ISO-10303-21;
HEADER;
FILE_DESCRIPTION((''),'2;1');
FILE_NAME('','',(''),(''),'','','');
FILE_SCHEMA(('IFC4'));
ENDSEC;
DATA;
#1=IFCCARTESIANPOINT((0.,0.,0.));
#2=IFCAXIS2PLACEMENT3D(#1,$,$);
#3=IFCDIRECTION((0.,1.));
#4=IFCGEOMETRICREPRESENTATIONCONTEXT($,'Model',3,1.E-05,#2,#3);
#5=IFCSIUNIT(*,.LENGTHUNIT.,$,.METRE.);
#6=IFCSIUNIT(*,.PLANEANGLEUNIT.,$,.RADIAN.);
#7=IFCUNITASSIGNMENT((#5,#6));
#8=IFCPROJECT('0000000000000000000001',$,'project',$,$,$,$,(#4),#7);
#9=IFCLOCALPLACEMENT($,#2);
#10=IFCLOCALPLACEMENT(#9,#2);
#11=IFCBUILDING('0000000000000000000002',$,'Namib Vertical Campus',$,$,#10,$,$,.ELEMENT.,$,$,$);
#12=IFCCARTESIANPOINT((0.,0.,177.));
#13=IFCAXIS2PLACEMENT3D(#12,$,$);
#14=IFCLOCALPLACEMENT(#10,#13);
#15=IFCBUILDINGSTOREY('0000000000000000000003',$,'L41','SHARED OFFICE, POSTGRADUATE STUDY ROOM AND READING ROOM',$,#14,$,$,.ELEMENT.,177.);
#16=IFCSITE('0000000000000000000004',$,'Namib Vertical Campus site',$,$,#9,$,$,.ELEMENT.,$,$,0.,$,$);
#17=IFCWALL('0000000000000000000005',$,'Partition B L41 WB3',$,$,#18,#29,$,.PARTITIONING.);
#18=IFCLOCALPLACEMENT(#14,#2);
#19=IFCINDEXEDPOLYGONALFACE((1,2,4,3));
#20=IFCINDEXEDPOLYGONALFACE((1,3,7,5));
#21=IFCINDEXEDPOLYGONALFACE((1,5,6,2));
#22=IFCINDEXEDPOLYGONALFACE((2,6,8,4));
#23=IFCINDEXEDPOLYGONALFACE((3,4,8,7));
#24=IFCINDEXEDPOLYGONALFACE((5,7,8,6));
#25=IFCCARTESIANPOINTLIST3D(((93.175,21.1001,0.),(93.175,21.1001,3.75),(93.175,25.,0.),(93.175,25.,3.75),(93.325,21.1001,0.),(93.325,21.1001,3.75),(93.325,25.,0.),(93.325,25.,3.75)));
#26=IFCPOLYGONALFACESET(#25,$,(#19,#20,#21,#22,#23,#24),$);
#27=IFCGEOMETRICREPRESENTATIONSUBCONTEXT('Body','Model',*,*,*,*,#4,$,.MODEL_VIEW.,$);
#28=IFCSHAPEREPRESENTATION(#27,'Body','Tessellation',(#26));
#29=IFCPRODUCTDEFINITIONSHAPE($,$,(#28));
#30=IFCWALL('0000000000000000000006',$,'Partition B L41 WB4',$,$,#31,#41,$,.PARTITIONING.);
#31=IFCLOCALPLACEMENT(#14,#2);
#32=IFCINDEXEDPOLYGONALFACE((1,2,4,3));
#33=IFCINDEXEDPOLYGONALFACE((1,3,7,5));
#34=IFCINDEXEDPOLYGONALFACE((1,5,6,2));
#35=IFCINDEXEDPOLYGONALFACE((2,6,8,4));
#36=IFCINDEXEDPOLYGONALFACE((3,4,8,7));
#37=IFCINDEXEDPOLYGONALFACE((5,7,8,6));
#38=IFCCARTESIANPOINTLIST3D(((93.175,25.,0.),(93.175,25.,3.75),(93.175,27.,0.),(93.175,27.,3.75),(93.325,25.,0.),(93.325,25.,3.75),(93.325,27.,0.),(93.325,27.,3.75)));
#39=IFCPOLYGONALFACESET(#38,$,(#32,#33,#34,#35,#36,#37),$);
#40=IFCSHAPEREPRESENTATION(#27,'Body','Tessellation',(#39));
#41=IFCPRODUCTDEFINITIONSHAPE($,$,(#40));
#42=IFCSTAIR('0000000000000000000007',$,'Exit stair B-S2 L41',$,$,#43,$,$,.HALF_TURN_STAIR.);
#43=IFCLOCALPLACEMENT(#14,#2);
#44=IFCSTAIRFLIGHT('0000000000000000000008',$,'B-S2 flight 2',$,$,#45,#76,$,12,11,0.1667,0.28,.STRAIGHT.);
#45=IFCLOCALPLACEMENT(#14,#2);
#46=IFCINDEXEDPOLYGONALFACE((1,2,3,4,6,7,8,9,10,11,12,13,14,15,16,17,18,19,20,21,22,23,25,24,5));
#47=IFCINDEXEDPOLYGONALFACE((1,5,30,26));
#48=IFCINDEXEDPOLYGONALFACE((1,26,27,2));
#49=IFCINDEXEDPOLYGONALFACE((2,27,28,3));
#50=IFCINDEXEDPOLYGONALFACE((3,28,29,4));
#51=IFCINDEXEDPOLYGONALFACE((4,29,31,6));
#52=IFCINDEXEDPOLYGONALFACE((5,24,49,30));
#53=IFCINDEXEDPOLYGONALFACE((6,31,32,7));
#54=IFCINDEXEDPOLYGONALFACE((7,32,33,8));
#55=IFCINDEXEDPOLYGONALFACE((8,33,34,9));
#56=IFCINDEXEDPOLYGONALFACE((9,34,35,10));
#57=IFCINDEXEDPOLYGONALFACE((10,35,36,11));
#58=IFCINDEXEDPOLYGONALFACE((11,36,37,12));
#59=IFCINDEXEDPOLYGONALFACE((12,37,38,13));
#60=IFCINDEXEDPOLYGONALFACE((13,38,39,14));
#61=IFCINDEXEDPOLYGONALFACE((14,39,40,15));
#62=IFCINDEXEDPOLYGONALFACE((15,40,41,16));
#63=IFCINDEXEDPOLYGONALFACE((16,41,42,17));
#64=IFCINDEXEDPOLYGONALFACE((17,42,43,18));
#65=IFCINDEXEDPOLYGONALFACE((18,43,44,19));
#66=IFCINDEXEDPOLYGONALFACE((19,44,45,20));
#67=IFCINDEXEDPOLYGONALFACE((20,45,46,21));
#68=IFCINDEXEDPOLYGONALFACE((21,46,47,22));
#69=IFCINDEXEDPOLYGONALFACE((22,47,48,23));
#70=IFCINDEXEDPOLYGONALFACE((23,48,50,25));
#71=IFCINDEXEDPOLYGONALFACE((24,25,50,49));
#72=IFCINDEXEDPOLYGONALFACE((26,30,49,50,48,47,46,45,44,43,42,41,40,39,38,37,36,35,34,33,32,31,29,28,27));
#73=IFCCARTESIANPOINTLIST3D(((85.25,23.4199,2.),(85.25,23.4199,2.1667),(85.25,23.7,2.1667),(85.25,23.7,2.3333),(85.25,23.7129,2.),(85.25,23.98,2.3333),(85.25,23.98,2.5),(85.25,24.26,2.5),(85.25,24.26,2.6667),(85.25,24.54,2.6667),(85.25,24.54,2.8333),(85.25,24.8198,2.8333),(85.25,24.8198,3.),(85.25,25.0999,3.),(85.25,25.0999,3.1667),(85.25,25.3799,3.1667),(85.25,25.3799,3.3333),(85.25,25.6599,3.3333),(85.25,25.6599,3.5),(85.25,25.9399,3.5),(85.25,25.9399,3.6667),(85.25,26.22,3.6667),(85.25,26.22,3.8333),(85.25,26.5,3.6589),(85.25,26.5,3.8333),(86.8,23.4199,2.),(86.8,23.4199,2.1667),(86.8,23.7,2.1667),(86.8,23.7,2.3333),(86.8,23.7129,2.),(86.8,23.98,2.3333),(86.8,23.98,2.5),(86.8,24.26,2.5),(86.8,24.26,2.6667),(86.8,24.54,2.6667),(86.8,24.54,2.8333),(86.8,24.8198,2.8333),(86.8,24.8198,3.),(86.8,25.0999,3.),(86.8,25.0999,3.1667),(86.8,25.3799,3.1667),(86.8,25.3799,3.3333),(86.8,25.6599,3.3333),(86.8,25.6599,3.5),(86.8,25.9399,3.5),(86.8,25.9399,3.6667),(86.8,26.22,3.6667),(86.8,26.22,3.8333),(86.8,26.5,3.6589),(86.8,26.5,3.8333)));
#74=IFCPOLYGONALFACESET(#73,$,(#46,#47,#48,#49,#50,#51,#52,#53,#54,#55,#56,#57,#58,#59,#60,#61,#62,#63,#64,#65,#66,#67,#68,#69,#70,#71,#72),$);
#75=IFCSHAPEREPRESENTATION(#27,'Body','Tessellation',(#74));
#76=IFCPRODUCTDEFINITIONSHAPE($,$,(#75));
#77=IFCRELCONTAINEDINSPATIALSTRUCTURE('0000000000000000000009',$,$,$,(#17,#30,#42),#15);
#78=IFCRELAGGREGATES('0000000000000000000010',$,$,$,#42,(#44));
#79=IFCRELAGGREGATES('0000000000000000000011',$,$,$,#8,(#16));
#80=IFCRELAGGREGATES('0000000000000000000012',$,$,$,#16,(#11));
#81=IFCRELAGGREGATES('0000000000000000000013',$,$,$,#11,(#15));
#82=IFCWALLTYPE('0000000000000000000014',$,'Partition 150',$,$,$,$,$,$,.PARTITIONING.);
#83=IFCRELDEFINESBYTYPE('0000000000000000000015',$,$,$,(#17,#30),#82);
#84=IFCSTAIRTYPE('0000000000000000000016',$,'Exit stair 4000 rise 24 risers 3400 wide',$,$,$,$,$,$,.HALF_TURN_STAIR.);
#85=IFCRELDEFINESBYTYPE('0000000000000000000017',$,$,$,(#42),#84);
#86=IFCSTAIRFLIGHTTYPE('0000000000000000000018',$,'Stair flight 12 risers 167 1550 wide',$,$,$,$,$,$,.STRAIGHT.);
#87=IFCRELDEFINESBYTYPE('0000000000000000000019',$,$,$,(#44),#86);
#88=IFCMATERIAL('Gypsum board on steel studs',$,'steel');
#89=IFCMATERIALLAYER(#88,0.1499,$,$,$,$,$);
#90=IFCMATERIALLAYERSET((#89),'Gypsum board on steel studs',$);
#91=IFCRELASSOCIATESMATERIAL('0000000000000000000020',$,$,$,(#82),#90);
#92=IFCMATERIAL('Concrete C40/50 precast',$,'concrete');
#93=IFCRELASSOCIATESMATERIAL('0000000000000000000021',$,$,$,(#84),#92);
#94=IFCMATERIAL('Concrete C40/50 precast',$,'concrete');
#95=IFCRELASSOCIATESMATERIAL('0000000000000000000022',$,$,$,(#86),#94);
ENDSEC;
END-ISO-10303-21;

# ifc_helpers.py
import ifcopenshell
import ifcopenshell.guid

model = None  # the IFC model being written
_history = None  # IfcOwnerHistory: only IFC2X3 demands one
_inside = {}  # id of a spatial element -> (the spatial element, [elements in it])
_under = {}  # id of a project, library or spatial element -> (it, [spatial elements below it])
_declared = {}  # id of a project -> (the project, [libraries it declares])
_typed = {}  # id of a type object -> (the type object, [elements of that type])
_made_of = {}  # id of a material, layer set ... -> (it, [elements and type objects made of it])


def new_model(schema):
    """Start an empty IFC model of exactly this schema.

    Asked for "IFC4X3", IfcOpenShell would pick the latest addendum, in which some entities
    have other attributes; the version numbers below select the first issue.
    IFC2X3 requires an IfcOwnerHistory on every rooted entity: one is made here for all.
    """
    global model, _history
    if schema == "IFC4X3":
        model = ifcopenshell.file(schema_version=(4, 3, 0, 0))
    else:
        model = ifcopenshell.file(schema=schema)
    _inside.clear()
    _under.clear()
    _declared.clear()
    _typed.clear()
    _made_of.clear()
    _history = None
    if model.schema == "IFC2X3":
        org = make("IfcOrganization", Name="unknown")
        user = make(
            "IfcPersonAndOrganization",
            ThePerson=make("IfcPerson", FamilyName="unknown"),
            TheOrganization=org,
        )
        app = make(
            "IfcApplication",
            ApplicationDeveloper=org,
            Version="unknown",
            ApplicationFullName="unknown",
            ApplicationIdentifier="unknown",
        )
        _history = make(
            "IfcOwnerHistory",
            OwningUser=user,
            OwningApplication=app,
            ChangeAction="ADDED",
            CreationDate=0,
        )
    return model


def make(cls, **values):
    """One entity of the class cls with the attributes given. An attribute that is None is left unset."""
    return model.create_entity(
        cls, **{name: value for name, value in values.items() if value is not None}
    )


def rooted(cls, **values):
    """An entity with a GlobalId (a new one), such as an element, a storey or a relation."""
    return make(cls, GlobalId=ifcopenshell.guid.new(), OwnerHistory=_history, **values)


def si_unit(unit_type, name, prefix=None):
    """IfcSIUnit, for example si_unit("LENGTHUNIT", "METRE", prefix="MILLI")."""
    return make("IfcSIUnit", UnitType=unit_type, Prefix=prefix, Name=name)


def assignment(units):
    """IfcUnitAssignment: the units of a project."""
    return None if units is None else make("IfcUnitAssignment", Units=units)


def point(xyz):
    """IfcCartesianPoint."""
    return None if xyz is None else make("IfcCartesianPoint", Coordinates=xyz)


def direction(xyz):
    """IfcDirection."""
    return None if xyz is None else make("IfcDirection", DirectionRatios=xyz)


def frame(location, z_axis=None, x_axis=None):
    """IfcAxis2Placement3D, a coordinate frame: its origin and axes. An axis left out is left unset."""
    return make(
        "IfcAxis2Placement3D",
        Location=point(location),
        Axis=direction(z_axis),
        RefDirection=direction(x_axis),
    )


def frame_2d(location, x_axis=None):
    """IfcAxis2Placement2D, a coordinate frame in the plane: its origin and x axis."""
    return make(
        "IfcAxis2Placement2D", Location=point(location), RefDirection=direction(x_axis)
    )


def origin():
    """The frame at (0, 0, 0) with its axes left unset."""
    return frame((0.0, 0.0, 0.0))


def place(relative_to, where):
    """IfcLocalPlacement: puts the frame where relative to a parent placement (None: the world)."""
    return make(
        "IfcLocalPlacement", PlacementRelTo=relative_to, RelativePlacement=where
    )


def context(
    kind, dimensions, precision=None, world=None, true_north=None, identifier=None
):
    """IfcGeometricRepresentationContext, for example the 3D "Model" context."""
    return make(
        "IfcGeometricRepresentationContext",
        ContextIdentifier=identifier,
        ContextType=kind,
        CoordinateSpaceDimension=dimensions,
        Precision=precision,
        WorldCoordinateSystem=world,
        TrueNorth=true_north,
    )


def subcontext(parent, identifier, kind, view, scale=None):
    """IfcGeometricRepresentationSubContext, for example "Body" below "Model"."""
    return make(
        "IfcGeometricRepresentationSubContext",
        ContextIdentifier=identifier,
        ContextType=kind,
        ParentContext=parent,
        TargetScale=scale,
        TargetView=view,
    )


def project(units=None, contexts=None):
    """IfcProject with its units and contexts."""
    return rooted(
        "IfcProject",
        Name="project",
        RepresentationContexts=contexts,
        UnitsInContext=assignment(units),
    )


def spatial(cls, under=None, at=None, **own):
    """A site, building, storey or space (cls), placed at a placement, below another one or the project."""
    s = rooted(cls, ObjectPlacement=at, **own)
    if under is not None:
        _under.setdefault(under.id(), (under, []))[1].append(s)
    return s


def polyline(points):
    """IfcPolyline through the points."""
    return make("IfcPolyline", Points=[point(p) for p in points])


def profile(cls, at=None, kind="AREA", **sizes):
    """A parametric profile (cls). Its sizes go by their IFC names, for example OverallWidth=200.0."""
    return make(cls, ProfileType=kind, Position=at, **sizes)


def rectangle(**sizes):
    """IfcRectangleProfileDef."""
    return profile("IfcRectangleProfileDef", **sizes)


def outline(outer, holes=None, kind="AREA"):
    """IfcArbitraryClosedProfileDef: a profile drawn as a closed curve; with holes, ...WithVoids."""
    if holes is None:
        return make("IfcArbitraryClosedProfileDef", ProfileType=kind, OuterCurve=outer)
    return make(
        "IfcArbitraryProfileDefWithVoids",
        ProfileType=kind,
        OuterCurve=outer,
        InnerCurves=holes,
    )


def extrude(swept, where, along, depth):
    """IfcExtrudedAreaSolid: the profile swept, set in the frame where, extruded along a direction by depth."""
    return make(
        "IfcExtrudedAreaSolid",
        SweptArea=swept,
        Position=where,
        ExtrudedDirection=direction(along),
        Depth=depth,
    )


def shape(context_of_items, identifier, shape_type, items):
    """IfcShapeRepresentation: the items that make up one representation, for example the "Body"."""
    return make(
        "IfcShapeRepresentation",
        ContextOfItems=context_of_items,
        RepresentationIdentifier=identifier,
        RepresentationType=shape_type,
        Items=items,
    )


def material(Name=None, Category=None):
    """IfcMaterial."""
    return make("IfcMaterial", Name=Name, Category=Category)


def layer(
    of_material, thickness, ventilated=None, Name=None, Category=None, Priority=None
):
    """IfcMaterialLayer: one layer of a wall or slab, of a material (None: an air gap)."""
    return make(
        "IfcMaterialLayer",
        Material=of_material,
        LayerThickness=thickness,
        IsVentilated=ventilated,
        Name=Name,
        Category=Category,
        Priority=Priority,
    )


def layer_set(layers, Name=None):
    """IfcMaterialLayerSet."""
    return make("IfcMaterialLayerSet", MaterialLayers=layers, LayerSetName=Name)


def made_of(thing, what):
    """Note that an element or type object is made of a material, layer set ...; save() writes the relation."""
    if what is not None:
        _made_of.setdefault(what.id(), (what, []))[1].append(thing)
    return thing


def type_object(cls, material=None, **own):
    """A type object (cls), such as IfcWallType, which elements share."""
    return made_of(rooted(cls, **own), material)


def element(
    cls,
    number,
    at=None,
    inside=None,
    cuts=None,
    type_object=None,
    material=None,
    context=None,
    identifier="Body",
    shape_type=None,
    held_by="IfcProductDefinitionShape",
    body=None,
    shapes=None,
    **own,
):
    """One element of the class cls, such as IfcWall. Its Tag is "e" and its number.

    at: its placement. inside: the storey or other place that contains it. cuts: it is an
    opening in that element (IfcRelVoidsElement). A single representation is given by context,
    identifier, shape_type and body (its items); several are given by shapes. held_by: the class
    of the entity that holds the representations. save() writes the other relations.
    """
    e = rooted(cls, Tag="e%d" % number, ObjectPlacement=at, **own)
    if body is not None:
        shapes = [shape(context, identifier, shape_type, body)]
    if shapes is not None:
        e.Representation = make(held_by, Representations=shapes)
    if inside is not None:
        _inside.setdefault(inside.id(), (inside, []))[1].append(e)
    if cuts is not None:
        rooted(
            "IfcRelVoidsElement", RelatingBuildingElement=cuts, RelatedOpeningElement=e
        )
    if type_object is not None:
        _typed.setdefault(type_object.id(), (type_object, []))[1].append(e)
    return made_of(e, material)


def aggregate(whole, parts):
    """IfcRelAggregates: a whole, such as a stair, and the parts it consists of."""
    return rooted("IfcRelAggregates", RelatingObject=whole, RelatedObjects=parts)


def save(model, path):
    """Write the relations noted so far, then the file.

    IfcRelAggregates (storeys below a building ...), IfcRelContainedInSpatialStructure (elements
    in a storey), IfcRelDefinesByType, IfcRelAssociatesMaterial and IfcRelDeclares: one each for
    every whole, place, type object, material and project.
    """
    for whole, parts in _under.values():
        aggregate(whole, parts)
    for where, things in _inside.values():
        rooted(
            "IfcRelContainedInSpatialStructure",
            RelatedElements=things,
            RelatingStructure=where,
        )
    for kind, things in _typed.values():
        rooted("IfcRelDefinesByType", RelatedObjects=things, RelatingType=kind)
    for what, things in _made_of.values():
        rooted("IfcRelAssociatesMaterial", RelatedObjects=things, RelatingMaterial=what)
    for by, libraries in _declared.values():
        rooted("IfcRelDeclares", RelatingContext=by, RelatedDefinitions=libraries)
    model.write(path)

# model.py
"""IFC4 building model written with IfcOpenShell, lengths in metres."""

from ifc_helpers import new_model, si_unit, direction, frame, frame_2d, origin, place, context, subcontext, project, spatial, polyline, rectangle, outline, extrude, material, layer, layer_set, type_object, element, aggregate, save


model = new_model("IFC4")

# Units and contexts
model_context = context("Model", 3, precision=1e-05, world=origin(), true_north=direction((0.0, 1.0)))
body_context = subcontext(model_context, "Body", "Model", "MODEL_VIEW")
ifc_project = project(units=[si_unit("LENGTHUNIT", "METRE"), si_unit("PLANEANGLEUNIT", "RADIAN")], contexts=[model_context])

# Site, building, storey
site_placement = place(None, origin())
site = spatial("IfcSite", under=ifc_project, at=site_placement, Name="Namib Vertical Campus site", CompositionType="ELEMENT", RefElevation=0.0)
building_placement = place(site_placement, origin())
building = spatial("IfcBuilding", under=site, at=building_placement, Name="Namib Vertical Campus", CompositionType="ELEMENT")
storey_placement = place(building_placement, frame((0.0, 0.0, 177.0)))
storey = spatial("IfcBuildingStorey", under=building, at=storey_placement, Name="L41", Description="SHARED OFFICE, POSTGRADUATE STUDY ROOM AND READING ROOM", CompositionType="ELEMENT", Elevation=177.0)

# Walls
ifc_material_1 = material(Name="Gypsum board on steel studs", Category="steel")
ifc_layer_1 = layer(ifc_material_1, 0.1499)
ifc_layer_set_1 = layer_set([ifc_layer_1], Name="Gypsum board on steel studs")
wall_type_1 = type_object("IfcWallType", Name="Partition 150", PredefinedType="PARTITIONING", material=ifc_layer_set_1)
wall_1_placement = place(storey_placement, frame((93.25, 21.1001, 0.0), z_axis=(0.0, 0.0, 1.0), x_axis=(0.0, 1.0, 0.0)))
element("IfcWall", 1, at=wall_1_placement, inside=storey, type_object=wall_type_1, Name="Partition B L41 WB3", PredefinedType="PARTITIONING", context=body_context, shape_type="SweptSolid", body=[
    extrude(rectangle(XDim=3.8999, YDim=0.1499, at=frame_2d((1.95, 0.0))), origin(), (0.0, 0.0, 1.0), 3.75),
])
wall_2_placement = place(storey_placement, frame((93.25, 25.0, 0.0), z_axis=(0.0, 0.0, 1.0), x_axis=(0.0, 1.0, 0.0)))
element("IfcWall", 2, at=wall_2_placement, inside=storey, type_object=wall_type_1, Name="Partition B L41 WB4", PredefinedType="PARTITIONING", context=body_context, shape_type="SweptSolid", body=[
    extrude(rectangle(XDim=2.0, YDim=0.1499, at=frame_2d((1.0, 0.0))), origin(), (0.0, 0.0, 1.0), 3.75),
])

# Stair, stair flight
ifc_material_2 = material(Name="Concrete C40/50 precast", Category="concrete")
stair_type = type_object("IfcStairType", Name="Exit stair 4000 rise 24 risers 3400 wide", PredefinedType="HALF_TURN_STAIR", material=ifc_material_2)
stair_placement = place(storey_placement, origin())
stair = element("IfcStair", 3, at=stair_placement, inside=storey, type_object=stair_type, Name="Exit stair B-S2 L41", PredefinedType="HALF_TURN_STAIR")
ifc_material_3 = material(Name="Concrete C40/50 precast", Category="concrete")
stair_flight_type = type_object("IfcStairFlightType", Name="Stair flight 12 risers 167 1550 wide", PredefinedType="STRAIGHT", material=ifc_material_3)
stair_flight_placement = place(storey_placement, frame((86.0249, 23.4199, 2.0), z_axis=(0.0, 0.0, 1.0), x_axis=(0.0, 1.0, 0.0)))
stair_flight = element("IfcStairFlight", 4, at=stair_flight_placement, type_object=stair_flight_type, Name="B-S2 flight 2", NumberOfRisers=12, NumberOfTreads=11, PredefinedType="STRAIGHT", RiserHeight=0.1667, TreadLength=0.28, context=body_context, shape_type="SweptSolid", body=[
    extrude(outline(polyline([(0.0, 0.0), (0.0, 0.1667), (0.28, 0.1667), (0.28, 0.3333), (0.5601, 0.3333), (0.5601, 0.5), (0.8401, 0.5), (0.8401, 0.6667), (1.1201, 0.6667), (1.1201, 0.8333), (1.3999, 0.8333), (1.3999, 1.0), (1.6799, 1.0), (1.6799, 1.1667), (1.96, 1.1667), (1.96, 1.3333), (2.24, 1.3333), (2.24, 1.5), (2.52, 1.5), (2.52, 1.6667), (2.8, 1.6667), (2.8, 1.8333), (3.0801, 1.8333), (3.0801, 2.0), (3.0801, 1.6589), (0.293, 0.0), (0.0, 0.0)])), frame((0.0, 0.7749, 0.0), z_axis=(0.0, -1.0, 0.0), x_axis=(1.0, 0.0, 0.0)), (0.0, 0.0, 1.0), 1.55),
])
aggregate(stair, [stair_flight])

save(model, "model.ifc")
